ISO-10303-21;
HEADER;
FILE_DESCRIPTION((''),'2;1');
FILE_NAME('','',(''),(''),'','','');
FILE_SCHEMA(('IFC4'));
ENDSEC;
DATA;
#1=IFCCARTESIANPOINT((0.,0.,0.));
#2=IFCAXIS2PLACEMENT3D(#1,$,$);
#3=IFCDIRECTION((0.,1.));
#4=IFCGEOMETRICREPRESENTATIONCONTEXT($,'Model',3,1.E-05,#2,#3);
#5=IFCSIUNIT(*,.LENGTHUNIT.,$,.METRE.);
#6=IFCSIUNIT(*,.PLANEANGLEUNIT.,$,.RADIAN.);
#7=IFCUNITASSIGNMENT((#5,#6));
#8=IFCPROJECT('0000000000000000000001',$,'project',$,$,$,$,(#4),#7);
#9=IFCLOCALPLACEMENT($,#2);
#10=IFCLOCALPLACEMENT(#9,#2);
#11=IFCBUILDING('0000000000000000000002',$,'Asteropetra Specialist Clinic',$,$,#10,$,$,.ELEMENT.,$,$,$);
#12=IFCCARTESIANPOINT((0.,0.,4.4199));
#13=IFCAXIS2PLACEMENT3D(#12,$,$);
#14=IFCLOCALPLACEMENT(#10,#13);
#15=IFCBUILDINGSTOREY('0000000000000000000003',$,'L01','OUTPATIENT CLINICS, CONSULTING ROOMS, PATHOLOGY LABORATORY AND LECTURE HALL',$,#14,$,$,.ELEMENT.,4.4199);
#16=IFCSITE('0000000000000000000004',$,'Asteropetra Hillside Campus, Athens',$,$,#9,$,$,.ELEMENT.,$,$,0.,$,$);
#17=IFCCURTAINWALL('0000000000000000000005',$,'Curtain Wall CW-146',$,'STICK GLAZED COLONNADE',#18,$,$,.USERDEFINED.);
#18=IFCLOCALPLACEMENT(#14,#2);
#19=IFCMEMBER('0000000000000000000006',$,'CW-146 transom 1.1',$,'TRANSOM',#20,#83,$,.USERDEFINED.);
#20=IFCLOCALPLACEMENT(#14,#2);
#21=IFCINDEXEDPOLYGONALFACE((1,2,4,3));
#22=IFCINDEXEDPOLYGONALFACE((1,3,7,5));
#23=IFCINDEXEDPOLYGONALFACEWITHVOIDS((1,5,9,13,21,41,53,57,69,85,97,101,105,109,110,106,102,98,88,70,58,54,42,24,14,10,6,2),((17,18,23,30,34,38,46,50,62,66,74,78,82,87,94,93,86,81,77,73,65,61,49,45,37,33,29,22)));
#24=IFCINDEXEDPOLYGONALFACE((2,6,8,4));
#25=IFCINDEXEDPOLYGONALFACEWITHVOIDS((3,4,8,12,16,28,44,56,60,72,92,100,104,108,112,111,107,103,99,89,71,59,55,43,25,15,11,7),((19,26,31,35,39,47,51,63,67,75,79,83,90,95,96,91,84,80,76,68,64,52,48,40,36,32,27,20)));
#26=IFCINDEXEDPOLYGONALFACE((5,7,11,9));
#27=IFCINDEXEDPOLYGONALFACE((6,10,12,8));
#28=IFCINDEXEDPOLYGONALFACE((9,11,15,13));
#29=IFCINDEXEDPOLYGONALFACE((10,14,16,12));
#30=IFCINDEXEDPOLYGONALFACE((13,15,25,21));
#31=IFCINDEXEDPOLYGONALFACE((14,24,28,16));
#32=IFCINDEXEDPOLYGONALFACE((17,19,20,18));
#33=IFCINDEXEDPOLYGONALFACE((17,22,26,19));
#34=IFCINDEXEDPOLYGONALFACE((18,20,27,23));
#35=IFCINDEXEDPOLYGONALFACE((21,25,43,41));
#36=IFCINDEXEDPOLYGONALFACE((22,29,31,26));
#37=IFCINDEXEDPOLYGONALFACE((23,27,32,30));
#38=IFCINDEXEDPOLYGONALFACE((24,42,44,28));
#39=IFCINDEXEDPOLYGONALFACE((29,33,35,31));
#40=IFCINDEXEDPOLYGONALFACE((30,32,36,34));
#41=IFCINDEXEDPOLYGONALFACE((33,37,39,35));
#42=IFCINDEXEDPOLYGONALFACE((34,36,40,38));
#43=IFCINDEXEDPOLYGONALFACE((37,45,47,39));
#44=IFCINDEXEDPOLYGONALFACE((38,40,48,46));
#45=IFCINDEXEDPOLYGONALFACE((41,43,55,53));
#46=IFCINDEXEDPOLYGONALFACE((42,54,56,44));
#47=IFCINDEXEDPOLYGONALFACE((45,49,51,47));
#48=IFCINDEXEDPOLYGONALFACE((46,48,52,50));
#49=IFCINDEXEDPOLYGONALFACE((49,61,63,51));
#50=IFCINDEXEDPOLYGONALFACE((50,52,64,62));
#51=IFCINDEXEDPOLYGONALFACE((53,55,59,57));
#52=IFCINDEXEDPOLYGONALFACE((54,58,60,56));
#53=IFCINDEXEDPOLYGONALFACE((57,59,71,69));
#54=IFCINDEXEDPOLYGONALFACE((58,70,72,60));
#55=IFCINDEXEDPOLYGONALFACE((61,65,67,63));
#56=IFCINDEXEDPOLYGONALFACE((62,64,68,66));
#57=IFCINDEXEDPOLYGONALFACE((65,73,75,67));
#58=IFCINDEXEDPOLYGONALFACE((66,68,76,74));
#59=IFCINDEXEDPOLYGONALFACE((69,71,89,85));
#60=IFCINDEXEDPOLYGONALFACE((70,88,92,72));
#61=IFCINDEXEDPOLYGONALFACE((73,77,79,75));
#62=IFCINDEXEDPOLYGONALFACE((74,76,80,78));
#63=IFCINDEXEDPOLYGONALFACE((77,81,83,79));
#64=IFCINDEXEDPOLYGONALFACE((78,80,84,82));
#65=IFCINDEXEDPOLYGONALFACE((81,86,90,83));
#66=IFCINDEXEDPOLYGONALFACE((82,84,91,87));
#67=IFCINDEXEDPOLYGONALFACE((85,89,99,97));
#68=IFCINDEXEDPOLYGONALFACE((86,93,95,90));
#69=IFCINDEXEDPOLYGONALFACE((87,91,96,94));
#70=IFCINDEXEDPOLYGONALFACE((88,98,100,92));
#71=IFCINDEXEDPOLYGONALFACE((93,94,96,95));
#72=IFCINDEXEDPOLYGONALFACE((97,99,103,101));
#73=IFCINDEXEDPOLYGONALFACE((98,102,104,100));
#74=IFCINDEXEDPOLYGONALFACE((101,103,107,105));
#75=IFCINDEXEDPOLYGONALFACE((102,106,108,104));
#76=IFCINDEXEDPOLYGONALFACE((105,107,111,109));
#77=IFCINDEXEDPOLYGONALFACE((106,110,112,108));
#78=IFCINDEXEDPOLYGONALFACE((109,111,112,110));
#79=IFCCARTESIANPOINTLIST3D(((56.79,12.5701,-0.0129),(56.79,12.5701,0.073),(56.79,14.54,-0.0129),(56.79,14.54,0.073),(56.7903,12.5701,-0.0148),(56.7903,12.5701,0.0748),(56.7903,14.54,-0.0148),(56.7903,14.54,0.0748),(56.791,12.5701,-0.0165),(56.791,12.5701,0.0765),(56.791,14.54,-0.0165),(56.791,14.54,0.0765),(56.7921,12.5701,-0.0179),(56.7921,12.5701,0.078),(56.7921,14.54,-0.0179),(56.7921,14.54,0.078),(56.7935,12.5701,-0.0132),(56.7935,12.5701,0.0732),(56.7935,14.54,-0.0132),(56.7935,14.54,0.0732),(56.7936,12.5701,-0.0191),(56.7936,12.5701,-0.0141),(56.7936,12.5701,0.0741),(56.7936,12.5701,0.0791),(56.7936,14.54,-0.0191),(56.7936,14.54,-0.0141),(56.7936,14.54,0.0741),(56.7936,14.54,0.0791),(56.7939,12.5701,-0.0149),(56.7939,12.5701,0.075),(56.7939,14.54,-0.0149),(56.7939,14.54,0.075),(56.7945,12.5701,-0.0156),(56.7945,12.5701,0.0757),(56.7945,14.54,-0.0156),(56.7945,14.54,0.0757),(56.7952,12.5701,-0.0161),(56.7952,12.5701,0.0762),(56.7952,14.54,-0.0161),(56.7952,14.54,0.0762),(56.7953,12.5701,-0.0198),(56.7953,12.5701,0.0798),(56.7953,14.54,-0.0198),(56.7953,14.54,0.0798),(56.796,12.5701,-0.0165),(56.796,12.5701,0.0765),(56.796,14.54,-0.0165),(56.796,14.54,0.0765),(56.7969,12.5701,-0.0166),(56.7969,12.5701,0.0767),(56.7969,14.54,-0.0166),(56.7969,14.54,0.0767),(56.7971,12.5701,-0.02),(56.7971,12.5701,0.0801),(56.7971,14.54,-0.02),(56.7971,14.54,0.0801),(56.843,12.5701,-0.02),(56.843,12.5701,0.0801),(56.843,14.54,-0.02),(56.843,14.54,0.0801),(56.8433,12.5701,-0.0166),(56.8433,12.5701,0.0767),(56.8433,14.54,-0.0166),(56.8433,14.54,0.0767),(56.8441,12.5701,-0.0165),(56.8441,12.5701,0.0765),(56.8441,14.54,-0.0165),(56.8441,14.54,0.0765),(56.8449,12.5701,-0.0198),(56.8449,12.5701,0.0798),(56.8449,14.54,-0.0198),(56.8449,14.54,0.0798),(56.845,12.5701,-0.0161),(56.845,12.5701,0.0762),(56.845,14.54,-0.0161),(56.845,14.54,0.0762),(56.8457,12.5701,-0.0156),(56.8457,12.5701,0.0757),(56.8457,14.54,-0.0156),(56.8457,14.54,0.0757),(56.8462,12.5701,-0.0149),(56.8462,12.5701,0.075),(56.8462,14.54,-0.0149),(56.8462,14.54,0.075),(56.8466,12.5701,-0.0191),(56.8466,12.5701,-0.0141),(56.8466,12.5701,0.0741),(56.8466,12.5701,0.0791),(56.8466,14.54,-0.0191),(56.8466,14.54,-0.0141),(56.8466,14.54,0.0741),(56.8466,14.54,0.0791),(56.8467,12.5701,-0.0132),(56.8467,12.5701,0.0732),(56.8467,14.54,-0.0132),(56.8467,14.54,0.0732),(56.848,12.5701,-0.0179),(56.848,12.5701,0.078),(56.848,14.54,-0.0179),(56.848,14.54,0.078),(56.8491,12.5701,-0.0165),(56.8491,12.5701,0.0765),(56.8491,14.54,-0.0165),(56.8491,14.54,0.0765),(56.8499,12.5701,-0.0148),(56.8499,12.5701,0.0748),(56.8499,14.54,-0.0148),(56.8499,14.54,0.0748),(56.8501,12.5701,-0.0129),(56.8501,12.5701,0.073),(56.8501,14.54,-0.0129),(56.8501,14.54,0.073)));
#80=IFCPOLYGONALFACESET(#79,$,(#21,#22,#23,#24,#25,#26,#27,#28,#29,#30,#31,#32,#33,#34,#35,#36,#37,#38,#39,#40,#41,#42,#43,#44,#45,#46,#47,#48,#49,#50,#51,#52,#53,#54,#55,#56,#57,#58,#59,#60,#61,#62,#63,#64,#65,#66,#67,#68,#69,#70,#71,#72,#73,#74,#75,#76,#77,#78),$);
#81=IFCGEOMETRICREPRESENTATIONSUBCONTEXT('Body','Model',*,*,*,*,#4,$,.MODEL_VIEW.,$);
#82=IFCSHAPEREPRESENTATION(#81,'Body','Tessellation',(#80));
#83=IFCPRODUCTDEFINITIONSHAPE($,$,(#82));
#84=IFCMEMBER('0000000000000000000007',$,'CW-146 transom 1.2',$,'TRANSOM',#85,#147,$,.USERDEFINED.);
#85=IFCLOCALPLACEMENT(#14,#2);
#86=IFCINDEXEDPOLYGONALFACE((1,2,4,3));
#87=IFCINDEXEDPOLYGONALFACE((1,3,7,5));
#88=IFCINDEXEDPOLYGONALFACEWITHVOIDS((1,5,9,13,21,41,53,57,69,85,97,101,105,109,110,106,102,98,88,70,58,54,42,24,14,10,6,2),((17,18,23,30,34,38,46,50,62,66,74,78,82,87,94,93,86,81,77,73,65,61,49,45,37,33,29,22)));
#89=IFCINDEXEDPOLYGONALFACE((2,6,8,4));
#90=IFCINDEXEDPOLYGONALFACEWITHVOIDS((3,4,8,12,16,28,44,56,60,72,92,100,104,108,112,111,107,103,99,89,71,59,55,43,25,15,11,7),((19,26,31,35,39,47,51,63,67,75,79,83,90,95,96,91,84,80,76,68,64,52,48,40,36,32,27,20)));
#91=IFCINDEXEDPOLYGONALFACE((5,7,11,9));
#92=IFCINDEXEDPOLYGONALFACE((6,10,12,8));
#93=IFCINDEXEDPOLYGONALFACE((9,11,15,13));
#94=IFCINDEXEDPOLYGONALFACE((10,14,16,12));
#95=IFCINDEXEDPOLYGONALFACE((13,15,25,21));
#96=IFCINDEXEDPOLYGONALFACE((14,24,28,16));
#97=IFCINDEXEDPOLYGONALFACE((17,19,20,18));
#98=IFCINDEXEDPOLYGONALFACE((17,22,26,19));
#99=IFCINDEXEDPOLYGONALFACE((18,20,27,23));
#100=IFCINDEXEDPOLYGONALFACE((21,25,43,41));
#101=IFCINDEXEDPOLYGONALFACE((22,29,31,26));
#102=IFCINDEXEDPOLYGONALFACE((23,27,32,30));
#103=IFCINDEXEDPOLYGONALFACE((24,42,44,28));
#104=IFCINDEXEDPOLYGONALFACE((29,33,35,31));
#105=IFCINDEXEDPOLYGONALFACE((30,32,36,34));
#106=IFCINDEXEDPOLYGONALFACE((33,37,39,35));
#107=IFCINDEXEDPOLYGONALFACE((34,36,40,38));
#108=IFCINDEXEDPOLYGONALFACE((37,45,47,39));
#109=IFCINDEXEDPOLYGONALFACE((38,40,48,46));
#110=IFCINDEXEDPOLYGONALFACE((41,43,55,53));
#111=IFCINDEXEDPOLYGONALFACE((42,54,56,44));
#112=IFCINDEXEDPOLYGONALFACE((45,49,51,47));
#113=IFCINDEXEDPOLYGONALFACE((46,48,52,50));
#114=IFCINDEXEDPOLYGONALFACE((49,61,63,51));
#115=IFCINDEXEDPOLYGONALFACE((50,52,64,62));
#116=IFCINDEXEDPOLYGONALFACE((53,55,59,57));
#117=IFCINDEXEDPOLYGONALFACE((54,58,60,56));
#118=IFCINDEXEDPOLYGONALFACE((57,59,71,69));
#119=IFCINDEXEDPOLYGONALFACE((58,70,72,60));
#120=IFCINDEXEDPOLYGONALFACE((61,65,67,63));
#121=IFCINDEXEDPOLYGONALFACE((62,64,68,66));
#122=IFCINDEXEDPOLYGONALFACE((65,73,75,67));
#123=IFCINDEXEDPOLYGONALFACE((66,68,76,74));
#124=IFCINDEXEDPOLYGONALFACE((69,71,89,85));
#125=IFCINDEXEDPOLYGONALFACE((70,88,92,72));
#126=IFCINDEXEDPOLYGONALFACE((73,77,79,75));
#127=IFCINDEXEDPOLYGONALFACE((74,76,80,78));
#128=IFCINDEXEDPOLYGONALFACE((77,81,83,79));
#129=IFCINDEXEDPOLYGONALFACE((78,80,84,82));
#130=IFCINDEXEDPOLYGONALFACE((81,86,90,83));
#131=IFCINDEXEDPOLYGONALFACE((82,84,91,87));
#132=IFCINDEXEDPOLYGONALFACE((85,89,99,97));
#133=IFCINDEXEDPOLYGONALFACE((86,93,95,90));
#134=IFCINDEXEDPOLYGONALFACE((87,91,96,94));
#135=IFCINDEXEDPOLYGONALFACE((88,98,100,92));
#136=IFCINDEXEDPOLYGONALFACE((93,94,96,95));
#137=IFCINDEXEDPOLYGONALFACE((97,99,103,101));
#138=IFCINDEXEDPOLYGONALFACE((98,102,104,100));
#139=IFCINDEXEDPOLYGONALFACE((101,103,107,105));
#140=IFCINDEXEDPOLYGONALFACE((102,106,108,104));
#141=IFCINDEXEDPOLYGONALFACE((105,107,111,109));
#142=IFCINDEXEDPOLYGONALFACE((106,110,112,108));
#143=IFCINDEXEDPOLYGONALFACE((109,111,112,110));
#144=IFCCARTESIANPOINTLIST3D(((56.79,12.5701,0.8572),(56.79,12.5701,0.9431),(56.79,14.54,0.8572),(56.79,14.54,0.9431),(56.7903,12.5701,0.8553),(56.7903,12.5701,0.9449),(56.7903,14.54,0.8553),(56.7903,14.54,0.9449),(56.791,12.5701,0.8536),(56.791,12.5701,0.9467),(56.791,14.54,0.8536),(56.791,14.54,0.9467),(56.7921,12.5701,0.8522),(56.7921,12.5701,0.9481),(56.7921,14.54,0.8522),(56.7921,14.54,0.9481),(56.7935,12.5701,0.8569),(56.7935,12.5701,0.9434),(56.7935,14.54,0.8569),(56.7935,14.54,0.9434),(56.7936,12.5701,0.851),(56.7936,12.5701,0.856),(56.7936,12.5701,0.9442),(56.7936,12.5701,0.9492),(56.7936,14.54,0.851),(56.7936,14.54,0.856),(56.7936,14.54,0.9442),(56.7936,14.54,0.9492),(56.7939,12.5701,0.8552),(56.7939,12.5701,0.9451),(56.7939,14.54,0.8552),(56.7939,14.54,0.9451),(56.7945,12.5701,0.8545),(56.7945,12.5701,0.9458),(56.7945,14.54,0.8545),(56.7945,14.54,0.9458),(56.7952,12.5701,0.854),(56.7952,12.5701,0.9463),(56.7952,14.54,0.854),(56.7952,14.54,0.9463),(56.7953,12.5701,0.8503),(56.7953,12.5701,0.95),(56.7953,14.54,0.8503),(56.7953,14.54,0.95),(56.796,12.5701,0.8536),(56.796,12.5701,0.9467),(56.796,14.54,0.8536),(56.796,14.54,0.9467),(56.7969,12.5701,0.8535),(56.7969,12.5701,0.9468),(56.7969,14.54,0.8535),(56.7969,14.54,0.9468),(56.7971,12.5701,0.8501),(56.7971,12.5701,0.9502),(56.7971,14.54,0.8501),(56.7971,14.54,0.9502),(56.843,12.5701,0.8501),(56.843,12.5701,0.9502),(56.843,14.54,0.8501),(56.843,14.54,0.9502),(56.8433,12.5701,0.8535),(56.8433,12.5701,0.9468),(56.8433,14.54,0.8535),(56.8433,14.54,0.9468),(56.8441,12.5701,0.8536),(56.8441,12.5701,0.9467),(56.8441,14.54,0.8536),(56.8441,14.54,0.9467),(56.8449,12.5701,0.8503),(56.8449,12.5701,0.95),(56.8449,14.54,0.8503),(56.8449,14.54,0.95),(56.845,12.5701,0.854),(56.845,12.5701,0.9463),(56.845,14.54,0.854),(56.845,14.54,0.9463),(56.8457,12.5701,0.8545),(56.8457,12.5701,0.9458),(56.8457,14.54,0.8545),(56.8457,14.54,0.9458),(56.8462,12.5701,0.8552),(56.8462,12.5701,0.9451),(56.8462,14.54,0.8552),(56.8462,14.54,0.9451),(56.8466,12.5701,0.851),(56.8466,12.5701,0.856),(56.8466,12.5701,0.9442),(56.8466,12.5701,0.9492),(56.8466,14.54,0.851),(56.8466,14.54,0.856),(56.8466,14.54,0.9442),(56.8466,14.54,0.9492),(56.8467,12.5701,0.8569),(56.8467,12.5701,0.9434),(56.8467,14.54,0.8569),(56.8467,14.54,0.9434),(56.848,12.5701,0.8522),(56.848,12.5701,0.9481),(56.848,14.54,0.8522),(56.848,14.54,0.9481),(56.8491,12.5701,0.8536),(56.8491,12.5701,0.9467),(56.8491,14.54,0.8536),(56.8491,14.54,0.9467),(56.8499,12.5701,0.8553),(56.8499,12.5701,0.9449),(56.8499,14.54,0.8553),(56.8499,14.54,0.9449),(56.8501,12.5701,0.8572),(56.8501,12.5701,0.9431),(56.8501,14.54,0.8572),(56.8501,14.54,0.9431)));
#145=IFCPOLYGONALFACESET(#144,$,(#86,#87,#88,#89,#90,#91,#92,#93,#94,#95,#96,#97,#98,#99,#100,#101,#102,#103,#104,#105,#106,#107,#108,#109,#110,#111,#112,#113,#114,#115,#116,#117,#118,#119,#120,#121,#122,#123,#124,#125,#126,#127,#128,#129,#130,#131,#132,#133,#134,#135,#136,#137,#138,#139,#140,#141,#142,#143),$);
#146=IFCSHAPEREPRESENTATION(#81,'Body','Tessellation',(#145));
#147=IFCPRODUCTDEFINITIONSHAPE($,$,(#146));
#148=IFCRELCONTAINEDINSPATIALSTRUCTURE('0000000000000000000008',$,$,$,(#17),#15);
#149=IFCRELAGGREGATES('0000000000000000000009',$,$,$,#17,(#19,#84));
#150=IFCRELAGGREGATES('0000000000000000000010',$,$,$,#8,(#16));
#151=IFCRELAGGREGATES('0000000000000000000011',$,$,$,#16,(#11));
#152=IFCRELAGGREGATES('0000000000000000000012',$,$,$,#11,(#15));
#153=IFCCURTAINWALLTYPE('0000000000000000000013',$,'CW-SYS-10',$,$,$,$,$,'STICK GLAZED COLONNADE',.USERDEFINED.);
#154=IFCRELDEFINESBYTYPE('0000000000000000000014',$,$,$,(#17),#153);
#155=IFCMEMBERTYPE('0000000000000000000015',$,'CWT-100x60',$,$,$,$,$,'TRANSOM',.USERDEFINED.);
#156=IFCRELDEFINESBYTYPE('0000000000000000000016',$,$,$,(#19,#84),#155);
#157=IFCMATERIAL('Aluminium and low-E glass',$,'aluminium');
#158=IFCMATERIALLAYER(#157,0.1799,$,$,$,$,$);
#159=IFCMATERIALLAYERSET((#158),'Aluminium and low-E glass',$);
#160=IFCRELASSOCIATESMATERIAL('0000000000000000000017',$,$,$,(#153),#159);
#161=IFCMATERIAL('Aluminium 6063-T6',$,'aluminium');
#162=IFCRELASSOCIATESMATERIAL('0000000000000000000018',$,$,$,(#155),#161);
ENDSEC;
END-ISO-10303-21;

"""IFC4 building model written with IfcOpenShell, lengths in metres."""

from ifc_helpers import new_model, si_unit, direction, frame, origin, origin_2d, place, context, subcontext, project, spatial, hollow_rectangle, extrude, material, layer, layer_set, material_profile, profile_set, type_object, element, aggregate, save


model = new_model("IFC4")

# Units and contexts
model_context = context("Model", 3, precision=1e-05, world=origin(), true_north=direction((0.0, 1.0)))
body_context = subcontext(model_context, "Body", "Model", "MODEL_VIEW")
ifc_project = project(units=[si_unit("LENGTHUNIT", "METRE"), si_unit("PLANEANGLEUNIT", "RADIAN")], contexts=[model_context])

# Site, building, storey
site_placement = place(None, origin())
site = spatial("IfcSite", under=ifc_project, at=site_placement, Name="Asteropetra Hillside Campus, Athens", CompositionType="ELEMENT", RefElevation=0.0)
building_placement = place(site_placement, origin())
building = spatial("IfcBuilding", under=site, at=building_placement, Name="Asteropetra Specialist Clinic", CompositionType="ELEMENT")
storey_placement = place(building_placement, frame((0.0, 0.0, 4.4199)))
storey = spatial("IfcBuildingStorey", under=building, at=storey_placement, Name="L01", Description="OUTPATIENT CLINICS, CONSULTING ROOMS, PATHOLOGY LABORATORY AND LECTURE HALL", CompositionType="ELEMENT", Elevation=4.4199)

# Curtain wall, members
ifc_material_1 = material(Name="Aluminium and low-E glass", Category="aluminium")
ifc_layer_1 = layer(ifc_material_1, 0.1799)
ifc_layer_set_1 = layer_set([ifc_layer_1], Name="Aluminium and low-E glass")
curtain_wall_type = type_object("IfcCurtainWallType", Name="CW-SYS-10", ElementType="STICK GLAZED COLONNADE", PredefinedType="USERDEFINED", material=ifc_layer_set_1)
curtain_wall_placement = place(storey_placement, origin())
curtain_wall = element("IfcCurtainWall", 1, at=curtain_wall_placement, inside=storey, type_object=curtain_wall_type, Name="Curtain Wall CW-146", ObjectType="STICK GLAZED COLONNADE", PredefinedType="USERDEFINED")
ifc_material_2 = material(Name="Aluminium 6063-T6", Category="aluminium")
ifc_material_profile_1 = material_profile(ifc_material_2, hollow_rectangle(XDim=0.0601, YDim=0.1001, WallThickness=0.0034, InnerFilletRadius=0.0034, OuterFilletRadius=0.0071, at=origin_2d()), Name="TRN 100x60x3.5")
ifc_profile_set_1 = profile_set([ifc_material_profile_1], Name="Aluminium 6063-T6")
member_type_1 = type_object("IfcMemberType", Name="CWT-100x60", ElementType="TRANSOM", PredefinedType="USERDEFINED", material=ifc_profile_set_1)
member_1_placement = place(storey_placement, frame((56.8201, 12.5701, 0.03), z_axis=(0.0, 1.0, 0.0), x_axis=(-1.0, 0.0, 0.0)))
member_1 = element("IfcMember", 2, at=member_1_placement, type_object=member_type_1, Name="CW-146 transom 1.1", ObjectType="TRANSOM", PredefinedType="USERDEFINED", context=body_context, shape_type="SweptSolid", body=[
    extrude(hollow_rectangle(XDim=0.0601, YDim=0.1001, WallThickness=0.0034, InnerFilletRadius=0.0034, OuterFilletRadius=0.0071, at=origin_2d()), origin(), (0.0, 0.0, 1.0), 1.97),
])
member_2_placement = place(storey_placement, frame((56.8201, 12.5701, 0.9001), z_axis=(0.0, 1.0, 0.0), x_axis=(-1.0, 0.0, 0.0)))
member_2 = element("IfcMember", 3, at=member_2_placement, type_object=member_type_1, Name="CW-146 transom 1.2", ObjectType="TRANSOM", PredefinedType="USERDEFINED", context=body_context, shape_type="SweptSolid", body=[
    extrude(hollow_rectangle(XDim=0.0601, YDim=0.1001, WallThickness=0.0034, InnerFilletRadius=0.0034, OuterFilletRadius=0.0071, at=origin_2d()), origin(), (0.0, 0.0, 1.0), 1.97),
])

aggregate(curtain_wall, [member_1, member_2])

save(model, "model.ifc")
